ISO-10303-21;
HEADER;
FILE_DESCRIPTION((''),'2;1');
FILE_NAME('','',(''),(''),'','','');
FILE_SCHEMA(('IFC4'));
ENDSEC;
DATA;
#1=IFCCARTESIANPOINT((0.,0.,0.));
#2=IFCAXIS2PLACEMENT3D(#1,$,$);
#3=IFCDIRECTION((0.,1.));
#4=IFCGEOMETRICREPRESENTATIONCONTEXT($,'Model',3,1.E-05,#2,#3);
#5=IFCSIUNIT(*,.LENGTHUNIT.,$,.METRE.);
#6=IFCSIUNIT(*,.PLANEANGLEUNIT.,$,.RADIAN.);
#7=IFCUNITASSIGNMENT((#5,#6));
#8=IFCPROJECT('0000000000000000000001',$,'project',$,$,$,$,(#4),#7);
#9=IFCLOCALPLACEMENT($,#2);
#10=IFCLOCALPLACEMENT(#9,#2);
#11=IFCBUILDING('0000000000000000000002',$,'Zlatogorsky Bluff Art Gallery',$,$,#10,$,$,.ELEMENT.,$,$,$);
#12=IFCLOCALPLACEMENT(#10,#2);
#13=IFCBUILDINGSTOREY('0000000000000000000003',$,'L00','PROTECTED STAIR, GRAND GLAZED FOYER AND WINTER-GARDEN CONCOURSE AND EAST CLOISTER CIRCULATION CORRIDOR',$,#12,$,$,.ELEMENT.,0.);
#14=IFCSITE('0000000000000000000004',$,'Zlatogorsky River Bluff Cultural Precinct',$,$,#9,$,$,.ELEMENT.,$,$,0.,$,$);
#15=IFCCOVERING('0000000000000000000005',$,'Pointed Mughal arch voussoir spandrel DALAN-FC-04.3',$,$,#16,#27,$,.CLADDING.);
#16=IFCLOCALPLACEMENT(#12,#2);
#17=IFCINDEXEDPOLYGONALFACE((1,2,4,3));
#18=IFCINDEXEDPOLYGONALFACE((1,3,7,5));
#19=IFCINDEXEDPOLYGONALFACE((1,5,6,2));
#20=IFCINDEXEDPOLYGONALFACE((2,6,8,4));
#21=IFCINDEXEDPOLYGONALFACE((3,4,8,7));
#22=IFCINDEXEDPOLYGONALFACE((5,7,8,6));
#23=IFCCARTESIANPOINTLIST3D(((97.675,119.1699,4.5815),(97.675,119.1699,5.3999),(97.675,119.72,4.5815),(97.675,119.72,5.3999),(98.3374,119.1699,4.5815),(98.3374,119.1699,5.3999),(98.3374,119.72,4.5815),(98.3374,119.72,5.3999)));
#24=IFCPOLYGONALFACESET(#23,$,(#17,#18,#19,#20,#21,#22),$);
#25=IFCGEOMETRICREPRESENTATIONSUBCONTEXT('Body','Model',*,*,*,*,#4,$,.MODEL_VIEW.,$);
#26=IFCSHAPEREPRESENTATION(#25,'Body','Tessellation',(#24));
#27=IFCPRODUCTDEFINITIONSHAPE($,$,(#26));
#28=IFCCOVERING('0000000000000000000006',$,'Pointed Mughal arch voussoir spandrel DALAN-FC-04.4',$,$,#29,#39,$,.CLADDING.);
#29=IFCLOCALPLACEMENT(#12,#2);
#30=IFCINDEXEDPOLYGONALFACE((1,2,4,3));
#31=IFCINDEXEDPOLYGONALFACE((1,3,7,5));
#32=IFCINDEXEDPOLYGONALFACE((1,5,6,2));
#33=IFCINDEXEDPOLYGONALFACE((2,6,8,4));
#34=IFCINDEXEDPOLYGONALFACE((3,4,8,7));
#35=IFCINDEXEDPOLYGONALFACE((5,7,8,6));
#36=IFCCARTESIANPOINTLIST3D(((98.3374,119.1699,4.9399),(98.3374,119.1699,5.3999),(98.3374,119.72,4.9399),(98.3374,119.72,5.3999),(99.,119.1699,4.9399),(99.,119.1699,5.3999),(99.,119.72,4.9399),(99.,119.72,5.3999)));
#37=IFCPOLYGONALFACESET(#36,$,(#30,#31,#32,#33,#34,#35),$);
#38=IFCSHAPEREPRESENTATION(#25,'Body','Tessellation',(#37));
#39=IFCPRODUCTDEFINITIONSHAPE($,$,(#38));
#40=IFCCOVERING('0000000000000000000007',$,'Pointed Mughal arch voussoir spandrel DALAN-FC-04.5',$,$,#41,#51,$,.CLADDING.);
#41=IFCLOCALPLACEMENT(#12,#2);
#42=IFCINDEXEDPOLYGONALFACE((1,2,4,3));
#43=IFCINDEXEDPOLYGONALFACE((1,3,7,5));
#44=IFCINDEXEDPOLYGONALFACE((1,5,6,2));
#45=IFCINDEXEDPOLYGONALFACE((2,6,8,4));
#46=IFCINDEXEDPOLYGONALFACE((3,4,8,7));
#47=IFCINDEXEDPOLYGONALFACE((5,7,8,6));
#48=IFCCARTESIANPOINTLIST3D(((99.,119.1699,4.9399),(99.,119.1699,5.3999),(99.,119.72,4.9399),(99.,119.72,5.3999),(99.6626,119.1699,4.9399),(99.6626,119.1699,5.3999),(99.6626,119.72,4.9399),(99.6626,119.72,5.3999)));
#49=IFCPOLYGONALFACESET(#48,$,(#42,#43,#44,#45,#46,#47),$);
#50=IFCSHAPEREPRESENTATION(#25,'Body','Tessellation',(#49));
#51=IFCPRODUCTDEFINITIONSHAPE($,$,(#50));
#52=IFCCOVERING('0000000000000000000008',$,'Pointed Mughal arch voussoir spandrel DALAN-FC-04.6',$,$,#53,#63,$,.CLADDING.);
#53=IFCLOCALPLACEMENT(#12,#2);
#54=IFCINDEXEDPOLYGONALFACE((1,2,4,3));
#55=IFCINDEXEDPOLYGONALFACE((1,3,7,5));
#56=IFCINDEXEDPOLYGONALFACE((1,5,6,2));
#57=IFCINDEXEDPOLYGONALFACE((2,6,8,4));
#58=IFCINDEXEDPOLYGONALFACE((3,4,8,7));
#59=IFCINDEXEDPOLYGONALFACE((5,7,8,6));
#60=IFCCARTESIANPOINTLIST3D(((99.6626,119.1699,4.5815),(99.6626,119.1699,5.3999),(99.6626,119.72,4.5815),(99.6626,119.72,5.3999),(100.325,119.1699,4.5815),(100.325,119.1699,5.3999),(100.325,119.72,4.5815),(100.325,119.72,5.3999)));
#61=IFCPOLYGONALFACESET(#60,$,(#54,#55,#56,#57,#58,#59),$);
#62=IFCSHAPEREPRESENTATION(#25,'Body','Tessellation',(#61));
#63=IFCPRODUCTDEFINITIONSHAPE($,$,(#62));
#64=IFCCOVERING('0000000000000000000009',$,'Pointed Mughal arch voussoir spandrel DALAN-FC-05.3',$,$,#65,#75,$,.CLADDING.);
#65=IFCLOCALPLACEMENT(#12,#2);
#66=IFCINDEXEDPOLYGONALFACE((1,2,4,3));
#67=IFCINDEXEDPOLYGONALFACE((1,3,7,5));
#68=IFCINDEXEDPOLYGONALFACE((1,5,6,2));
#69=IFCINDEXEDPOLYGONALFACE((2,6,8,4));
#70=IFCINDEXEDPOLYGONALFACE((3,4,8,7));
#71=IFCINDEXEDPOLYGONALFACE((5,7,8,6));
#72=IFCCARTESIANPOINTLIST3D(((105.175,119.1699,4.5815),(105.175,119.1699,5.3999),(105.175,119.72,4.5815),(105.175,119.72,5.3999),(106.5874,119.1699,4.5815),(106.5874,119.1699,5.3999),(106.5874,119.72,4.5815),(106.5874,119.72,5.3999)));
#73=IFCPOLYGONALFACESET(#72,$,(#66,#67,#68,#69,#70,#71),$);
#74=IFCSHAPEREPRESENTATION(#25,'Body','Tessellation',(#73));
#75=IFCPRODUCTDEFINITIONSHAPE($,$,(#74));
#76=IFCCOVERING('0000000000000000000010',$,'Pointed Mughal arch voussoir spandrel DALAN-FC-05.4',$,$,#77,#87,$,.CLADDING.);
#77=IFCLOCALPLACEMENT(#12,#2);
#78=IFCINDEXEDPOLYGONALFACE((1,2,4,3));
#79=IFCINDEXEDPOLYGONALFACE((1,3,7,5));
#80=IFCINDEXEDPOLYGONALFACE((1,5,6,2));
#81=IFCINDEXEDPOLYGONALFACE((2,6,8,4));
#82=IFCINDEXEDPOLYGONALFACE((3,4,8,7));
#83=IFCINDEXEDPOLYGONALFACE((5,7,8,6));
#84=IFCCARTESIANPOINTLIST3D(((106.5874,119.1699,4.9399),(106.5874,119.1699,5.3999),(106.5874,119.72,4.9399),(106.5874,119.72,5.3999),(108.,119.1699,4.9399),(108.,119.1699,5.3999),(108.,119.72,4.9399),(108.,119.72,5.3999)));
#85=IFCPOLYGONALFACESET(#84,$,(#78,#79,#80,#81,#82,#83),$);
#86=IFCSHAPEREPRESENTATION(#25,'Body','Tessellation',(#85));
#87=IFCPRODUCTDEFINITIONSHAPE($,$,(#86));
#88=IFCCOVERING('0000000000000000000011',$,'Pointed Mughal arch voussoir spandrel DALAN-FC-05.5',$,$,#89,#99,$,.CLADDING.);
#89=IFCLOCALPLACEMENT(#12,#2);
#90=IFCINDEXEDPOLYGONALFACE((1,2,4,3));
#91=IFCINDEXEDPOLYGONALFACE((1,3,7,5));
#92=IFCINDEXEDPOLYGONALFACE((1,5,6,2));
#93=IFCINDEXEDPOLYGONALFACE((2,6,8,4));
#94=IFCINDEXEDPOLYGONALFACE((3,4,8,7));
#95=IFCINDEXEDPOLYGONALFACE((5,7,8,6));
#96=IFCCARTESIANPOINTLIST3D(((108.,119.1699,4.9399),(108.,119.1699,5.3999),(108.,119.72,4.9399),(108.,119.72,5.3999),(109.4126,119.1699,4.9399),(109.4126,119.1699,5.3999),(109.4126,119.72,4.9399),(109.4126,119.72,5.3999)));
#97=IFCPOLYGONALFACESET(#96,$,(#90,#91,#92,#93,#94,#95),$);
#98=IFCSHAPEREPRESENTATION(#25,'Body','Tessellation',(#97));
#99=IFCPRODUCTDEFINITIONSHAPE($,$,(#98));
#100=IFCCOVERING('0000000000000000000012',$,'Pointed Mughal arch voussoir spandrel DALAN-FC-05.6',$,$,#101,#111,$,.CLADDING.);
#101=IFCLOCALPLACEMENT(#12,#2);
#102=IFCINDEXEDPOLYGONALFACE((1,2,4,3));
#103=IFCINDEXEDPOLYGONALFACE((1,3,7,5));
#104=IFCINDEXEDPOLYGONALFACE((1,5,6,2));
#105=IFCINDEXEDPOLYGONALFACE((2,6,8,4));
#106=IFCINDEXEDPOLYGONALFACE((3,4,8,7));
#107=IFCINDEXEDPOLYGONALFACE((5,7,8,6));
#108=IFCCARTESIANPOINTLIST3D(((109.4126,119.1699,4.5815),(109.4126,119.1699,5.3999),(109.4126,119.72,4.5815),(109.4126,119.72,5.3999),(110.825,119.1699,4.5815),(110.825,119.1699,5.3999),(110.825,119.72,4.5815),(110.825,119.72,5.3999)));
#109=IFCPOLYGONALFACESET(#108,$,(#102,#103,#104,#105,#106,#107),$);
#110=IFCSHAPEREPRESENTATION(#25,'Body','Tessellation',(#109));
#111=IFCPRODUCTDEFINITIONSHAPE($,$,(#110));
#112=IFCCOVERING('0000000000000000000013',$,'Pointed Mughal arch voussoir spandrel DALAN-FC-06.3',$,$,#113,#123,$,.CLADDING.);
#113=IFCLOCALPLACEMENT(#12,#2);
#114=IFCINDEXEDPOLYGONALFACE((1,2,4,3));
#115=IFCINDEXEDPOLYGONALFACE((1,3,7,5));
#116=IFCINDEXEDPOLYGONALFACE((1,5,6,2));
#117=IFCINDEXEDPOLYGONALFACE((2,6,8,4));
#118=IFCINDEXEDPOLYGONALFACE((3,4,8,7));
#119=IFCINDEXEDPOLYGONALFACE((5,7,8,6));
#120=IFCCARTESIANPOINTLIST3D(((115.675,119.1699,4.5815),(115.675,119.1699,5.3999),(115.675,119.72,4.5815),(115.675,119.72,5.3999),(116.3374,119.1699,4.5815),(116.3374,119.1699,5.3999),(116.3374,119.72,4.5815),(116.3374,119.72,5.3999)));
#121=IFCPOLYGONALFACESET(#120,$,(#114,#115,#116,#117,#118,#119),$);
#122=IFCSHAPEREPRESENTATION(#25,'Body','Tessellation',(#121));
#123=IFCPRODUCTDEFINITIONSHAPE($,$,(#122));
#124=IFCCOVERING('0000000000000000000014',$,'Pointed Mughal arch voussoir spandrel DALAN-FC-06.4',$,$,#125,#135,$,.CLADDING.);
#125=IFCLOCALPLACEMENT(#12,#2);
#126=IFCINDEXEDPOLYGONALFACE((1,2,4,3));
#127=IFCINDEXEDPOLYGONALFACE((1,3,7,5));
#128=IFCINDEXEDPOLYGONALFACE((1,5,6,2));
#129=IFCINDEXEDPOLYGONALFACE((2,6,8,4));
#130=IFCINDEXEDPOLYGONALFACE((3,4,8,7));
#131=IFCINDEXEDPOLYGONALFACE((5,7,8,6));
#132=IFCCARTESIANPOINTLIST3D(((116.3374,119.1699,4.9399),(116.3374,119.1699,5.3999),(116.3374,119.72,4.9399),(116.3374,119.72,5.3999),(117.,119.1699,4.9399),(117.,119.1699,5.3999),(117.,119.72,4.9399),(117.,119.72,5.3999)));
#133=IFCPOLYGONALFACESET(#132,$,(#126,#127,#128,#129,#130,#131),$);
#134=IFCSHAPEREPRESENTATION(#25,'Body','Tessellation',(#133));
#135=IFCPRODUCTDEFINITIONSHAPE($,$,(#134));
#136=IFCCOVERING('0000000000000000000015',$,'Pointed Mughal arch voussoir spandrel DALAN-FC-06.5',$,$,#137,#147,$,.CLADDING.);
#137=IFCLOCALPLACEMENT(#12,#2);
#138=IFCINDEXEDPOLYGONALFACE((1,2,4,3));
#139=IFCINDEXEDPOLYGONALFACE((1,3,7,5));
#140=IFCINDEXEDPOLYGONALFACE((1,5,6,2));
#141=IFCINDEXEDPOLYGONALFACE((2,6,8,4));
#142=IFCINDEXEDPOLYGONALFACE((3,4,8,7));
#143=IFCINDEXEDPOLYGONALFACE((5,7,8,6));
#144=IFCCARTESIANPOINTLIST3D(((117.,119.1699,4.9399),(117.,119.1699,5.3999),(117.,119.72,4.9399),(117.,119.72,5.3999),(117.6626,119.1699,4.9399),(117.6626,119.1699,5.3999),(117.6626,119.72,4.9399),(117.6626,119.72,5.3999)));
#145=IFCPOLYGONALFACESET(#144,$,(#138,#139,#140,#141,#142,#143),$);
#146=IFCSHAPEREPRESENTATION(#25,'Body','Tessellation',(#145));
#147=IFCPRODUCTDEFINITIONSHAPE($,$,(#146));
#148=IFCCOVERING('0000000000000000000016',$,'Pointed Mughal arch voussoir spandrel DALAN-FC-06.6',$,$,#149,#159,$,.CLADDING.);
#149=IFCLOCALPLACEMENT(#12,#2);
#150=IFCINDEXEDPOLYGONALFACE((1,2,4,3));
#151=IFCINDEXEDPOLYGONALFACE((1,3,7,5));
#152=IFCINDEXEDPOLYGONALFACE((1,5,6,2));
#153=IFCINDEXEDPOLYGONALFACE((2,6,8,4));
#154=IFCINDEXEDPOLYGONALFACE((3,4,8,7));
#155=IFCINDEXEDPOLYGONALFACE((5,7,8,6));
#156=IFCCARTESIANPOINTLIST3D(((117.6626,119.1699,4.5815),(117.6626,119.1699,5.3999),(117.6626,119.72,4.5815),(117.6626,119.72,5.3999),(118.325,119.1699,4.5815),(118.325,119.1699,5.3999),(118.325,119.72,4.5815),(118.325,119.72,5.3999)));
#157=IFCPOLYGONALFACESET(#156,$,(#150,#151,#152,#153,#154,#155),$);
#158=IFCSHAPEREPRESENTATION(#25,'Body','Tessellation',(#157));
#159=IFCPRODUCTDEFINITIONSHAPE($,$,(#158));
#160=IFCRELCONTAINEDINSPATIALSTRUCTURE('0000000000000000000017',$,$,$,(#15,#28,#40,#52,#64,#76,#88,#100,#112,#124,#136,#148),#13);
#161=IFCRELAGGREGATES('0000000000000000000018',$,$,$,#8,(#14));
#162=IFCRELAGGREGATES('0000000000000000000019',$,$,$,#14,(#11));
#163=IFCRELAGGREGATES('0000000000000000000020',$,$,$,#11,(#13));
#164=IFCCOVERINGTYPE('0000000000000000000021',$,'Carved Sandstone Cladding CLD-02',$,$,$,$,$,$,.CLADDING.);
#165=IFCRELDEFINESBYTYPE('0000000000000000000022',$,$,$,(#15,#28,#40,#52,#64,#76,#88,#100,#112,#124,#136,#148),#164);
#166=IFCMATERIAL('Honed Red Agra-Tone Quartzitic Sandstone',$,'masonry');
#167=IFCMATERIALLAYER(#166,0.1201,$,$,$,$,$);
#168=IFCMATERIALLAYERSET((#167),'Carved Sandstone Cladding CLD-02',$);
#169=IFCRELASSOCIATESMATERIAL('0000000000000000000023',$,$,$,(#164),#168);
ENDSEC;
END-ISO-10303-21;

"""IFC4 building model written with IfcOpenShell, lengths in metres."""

from ifc_helpers import new_model, si_unit, direction, frame, origin, place, context, subcontext, project, spatial, polyline, outline, extrude, material, layer, layer_set, type_object, element, save


model = new_model("IFC4")

# Units and contexts
model_context = context("Model", 3, precision=1e-05, world=origin(), true_north=direction((0.0, 1.0)))
body_context = subcontext(model_context, "Body", "Model", "MODEL_VIEW")
ifc_project = project(units=[si_unit("LENGTHUNIT", "METRE"), si_unit("PLANEANGLEUNIT", "RADIAN")], contexts=[model_context])

# Site, building, storey
site_placement = place(None, origin())
site = spatial("IfcSite", under=ifc_project, at=site_placement, Name="Zlatogorsky River Bluff Cultural Precinct", CompositionType="ELEMENT", RefElevation=0.0)
building_placement = place(site_placement, origin())
building = spatial("IfcBuilding", under=site, at=building_placement, Name="Zlatogorsky Bluff Art Gallery", CompositionType="ELEMENT")
storey_placement = place(building_placement, origin())
storey = spatial("IfcBuildingStorey", under=building, at=storey_placement, Name="L00", Description="PROTECTED STAIR, GRAND GLAZED FOYER AND WINTER-GARDEN CONCOURSE AND EAST CLOISTER CIRCULATION CORRIDOR", CompositionType="ELEMENT", Elevation=0.0)

# Coverings
ifc_material = material(Name="Honed Red Agra-Tone Quartzitic Sandstone", Category="masonry")
ifc_layer = layer(ifc_material, 0.1201)
ifc_layer_set = layer_set([ifc_layer], Name="Carved Sandstone Cladding CLD-02")
covering_type = type_object("IfcCoveringType", Name="Carved Sandstone Cladding CLD-02", PredefinedType="CLADDING", material=ifc_layer_set)
covering_1_placement = place(storey_placement, frame((0.0, 0.0, 4.5815)))
element("IfcCovering", 1, at=covering_1_placement, inside=storey, type_object=covering_type, Name="Pointed Mughal arch voussoir spandrel DALAN-FC-04.3", PredefinedType="CLADDING", context=body_context, shape_type="SweptSolid", body=[
    extrude(outline(polyline([(97.675, 119.1699), (98.3374, 119.1699), (98.3374, 119.72), (97.675, 119.72), (97.675, 119.1699)])), origin(), (0.0, 0.0, 1.0), 0.8184),
])
covering_2_placement = place(storey_placement, frame((0.0, 0.0, 4.9399)))
element("IfcCovering", 2, at=covering_2_placement, inside=storey, type_object=covering_type, Name="Pointed Mughal arch voussoir spandrel DALAN-FC-04.4", PredefinedType="CLADDING", context=body_context, shape_type="SweptSolid", body=[
    extrude(outline(polyline([(98.3374, 119.1699), (99.0, 119.1699), (99.0, 119.72), (98.3374, 119.72), (98.3374, 119.1699)])), origin(), (0.0, 0.0, 1.0), 0.46),
])
covering_3_placement = place(storey_placement, frame((0.0, 0.0, 4.9399)))
element("IfcCovering", 3, at=covering_3_placement, inside=storey, type_object=covering_type, Name="Pointed Mughal arch voussoir spandrel DALAN-FC-04.5", PredefinedType="CLADDING", context=body_context, shape_type="SweptSolid", body=[
    extrude(outline(polyline([(99.0, 119.1699), (99.6626, 119.1699), (99.6626, 119.72), (99.0, 119.72), (99.0, 119.1699)])), origin(), (0.0, 0.0, 1.0), 0.46),
])
covering_4_placement = place(storey_placement, frame((0.0, 0.0, 4.5815)))
element("IfcCovering", 4, at=covering_4_placement, inside=storey, type_object=covering_type, Name="Pointed Mughal arch voussoir spandrel DALAN-FC-04.6", PredefinedType="CLADDING", context=body_context, shape_type="SweptSolid", body=[
    extrude(outline(polyline([(99.6626, 119.1699), (100.325, 119.1699), (100.325, 119.72), (99.6626, 119.72), (99.6626, 119.1699)])), origin(), (0.0, 0.0, 1.0), 0.8184),
])
covering_5_placement = place(storey_placement, frame((0.0, 0.0, 4.5815)))
element("IfcCovering", 5, at=covering_5_placement, inside=storey, type_object=covering_type, Name="Pointed Mughal arch voussoir spandrel DALAN-FC-05.3", PredefinedType="CLADDING", context=body_context, shape_type="SweptSolid", body=[
    extrude(outline(polyline([(105.175, 119.1699), (106.5874, 119.1699), (106.5874, 119.72), (105.175, 119.72), (105.175, 119.1699)])), origin(), (0.0, 0.0, 1.0), 0.8184),
])
covering_6_placement = place(storey_placement, frame((0.0, 0.0, 4.9399)))
element("IfcCovering", 6, at=covering_6_placement, inside=storey, type_object=covering_type, Name="Pointed Mughal arch voussoir spandrel DALAN-FC-05.4", PredefinedType="CLADDING", context=body_context, shape_type="SweptSolid", body=[
    extrude(outline(polyline([(106.5874, 119.1699), (108.0, 119.1699), (108.0, 119.72), (106.5874, 119.72), (106.5874, 119.1699)])), origin(), (0.0, 0.0, 1.0), 0.46),
])
covering_7_placement = place(storey_placement, frame((0.0, 0.0, 4.9399)))
element("IfcCovering", 7, at=covering_7_placement, inside=storey, type_object=covering_type, Name="Pointed Mughal arch voussoir spandrel DALAN-FC-05.5", PredefinedType="CLADDING", context=body_context, shape_type="SweptSolid", body=[
    extrude(outline(polyline([(108.0, 119.1699), (109.4126, 119.1699), (109.4126, 119.72), (108.0, 119.72), (108.0, 119.1699)])), origin(), (0.0, 0.0, 1.0), 0.46),
])
covering_8_placement = place(storey_placement, frame((0.0, 0.0, 4.5815)))
element("IfcCovering", 8, at=covering_8_placement, inside=storey, type_object=covering_type, Name="Pointed Mughal arch voussoir spandrel DALAN-FC-05.6", PredefinedType="CLADDING", context=body_context, shape_type="SweptSolid", body=[
    extrude(outline(polyline([(109.4126, 119.1699), (110.825, 119.1699), (110.825, 119.72), (109.4126, 119.72), (109.4126, 119.1699)])), origin(), (0.0, 0.0, 1.0), 0.8184),
])
covering_9_placement = place(storey_placement, frame((0.0, 0.0, 4.5815)))
element("IfcCovering", 9, at=covering_9_placement, inside=storey, type_object=covering_type, Name="Pointed Mughal arch voussoir spandrel DALAN-FC-06.3", PredefinedType="CLADDING", context=body_context, shape_type="SweptSolid", body=[
    extrude(outline(polyline([(115.675, 119.1699), (116.3374, 119.1699), (116.3374, 119.72), (115.675, 119.72), (115.675, 119.1699)])), origin(), (0.0, 0.0, 1.0), 0.8184),
])
covering_10_placement = place(storey_placement, frame((0.0, 0.0, 4.9399)))
element("IfcCovering", 10, at=covering_10_placement, inside=storey, type_object=covering_type, Name="Pointed Mughal arch voussoir spandrel DALAN-FC-06.4", PredefinedType="CLADDING", context=body_context, shape_type="SweptSolid", body=[
    extrude(outline(polyline([(116.3374, 119.1699), (117.0, 119.1699), (117.0, 119.72), (116.3374, 119.72), (116.3374, 119.1699)])), origin(), (0.0, 0.0, 1.0), 0.46),
])
covering_11_placement = place(storey_placement, frame((0.0, 0.0, 4.9399)))
element("IfcCovering", 11, at=covering_11_placement, inside=storey, type_object=covering_type, Name="Pointed Mughal arch voussoir spandrel DALAN-FC-06.5", PredefinedType="CLADDING", context=body_context, shape_type="SweptSolid", body=[
    extrude(outline(polyline([(117.0, 119.1699), (117.6626, 119.1699), (117.6626, 119.72), (117.0, 119.72), (117.0, 119.1699)])), origin(), (0.0, 0.0, 1.0), 0.46),
])
covering_12_placement = place(storey_placement, frame((0.0, 0.0, 4.5815)))
element("IfcCovering", 12, at=covering_12_placement, inside=storey, type_object=covering_type, Name="Pointed Mughal arch voussoir spandrel DALAN-FC-06.6", PredefinedType="CLADDING", context=body_context, shape_type="SweptSolid", body=[
    extrude(outline(polyline([(117.6626, 119.1699), (118.325, 119.1699), (118.325, 119.72), (117.6626, 119.72), (117.6626, 119.1699)])), origin(), (0.0, 0.0, 1.0), 0.8184),
])

save(model, "model.ifc")
